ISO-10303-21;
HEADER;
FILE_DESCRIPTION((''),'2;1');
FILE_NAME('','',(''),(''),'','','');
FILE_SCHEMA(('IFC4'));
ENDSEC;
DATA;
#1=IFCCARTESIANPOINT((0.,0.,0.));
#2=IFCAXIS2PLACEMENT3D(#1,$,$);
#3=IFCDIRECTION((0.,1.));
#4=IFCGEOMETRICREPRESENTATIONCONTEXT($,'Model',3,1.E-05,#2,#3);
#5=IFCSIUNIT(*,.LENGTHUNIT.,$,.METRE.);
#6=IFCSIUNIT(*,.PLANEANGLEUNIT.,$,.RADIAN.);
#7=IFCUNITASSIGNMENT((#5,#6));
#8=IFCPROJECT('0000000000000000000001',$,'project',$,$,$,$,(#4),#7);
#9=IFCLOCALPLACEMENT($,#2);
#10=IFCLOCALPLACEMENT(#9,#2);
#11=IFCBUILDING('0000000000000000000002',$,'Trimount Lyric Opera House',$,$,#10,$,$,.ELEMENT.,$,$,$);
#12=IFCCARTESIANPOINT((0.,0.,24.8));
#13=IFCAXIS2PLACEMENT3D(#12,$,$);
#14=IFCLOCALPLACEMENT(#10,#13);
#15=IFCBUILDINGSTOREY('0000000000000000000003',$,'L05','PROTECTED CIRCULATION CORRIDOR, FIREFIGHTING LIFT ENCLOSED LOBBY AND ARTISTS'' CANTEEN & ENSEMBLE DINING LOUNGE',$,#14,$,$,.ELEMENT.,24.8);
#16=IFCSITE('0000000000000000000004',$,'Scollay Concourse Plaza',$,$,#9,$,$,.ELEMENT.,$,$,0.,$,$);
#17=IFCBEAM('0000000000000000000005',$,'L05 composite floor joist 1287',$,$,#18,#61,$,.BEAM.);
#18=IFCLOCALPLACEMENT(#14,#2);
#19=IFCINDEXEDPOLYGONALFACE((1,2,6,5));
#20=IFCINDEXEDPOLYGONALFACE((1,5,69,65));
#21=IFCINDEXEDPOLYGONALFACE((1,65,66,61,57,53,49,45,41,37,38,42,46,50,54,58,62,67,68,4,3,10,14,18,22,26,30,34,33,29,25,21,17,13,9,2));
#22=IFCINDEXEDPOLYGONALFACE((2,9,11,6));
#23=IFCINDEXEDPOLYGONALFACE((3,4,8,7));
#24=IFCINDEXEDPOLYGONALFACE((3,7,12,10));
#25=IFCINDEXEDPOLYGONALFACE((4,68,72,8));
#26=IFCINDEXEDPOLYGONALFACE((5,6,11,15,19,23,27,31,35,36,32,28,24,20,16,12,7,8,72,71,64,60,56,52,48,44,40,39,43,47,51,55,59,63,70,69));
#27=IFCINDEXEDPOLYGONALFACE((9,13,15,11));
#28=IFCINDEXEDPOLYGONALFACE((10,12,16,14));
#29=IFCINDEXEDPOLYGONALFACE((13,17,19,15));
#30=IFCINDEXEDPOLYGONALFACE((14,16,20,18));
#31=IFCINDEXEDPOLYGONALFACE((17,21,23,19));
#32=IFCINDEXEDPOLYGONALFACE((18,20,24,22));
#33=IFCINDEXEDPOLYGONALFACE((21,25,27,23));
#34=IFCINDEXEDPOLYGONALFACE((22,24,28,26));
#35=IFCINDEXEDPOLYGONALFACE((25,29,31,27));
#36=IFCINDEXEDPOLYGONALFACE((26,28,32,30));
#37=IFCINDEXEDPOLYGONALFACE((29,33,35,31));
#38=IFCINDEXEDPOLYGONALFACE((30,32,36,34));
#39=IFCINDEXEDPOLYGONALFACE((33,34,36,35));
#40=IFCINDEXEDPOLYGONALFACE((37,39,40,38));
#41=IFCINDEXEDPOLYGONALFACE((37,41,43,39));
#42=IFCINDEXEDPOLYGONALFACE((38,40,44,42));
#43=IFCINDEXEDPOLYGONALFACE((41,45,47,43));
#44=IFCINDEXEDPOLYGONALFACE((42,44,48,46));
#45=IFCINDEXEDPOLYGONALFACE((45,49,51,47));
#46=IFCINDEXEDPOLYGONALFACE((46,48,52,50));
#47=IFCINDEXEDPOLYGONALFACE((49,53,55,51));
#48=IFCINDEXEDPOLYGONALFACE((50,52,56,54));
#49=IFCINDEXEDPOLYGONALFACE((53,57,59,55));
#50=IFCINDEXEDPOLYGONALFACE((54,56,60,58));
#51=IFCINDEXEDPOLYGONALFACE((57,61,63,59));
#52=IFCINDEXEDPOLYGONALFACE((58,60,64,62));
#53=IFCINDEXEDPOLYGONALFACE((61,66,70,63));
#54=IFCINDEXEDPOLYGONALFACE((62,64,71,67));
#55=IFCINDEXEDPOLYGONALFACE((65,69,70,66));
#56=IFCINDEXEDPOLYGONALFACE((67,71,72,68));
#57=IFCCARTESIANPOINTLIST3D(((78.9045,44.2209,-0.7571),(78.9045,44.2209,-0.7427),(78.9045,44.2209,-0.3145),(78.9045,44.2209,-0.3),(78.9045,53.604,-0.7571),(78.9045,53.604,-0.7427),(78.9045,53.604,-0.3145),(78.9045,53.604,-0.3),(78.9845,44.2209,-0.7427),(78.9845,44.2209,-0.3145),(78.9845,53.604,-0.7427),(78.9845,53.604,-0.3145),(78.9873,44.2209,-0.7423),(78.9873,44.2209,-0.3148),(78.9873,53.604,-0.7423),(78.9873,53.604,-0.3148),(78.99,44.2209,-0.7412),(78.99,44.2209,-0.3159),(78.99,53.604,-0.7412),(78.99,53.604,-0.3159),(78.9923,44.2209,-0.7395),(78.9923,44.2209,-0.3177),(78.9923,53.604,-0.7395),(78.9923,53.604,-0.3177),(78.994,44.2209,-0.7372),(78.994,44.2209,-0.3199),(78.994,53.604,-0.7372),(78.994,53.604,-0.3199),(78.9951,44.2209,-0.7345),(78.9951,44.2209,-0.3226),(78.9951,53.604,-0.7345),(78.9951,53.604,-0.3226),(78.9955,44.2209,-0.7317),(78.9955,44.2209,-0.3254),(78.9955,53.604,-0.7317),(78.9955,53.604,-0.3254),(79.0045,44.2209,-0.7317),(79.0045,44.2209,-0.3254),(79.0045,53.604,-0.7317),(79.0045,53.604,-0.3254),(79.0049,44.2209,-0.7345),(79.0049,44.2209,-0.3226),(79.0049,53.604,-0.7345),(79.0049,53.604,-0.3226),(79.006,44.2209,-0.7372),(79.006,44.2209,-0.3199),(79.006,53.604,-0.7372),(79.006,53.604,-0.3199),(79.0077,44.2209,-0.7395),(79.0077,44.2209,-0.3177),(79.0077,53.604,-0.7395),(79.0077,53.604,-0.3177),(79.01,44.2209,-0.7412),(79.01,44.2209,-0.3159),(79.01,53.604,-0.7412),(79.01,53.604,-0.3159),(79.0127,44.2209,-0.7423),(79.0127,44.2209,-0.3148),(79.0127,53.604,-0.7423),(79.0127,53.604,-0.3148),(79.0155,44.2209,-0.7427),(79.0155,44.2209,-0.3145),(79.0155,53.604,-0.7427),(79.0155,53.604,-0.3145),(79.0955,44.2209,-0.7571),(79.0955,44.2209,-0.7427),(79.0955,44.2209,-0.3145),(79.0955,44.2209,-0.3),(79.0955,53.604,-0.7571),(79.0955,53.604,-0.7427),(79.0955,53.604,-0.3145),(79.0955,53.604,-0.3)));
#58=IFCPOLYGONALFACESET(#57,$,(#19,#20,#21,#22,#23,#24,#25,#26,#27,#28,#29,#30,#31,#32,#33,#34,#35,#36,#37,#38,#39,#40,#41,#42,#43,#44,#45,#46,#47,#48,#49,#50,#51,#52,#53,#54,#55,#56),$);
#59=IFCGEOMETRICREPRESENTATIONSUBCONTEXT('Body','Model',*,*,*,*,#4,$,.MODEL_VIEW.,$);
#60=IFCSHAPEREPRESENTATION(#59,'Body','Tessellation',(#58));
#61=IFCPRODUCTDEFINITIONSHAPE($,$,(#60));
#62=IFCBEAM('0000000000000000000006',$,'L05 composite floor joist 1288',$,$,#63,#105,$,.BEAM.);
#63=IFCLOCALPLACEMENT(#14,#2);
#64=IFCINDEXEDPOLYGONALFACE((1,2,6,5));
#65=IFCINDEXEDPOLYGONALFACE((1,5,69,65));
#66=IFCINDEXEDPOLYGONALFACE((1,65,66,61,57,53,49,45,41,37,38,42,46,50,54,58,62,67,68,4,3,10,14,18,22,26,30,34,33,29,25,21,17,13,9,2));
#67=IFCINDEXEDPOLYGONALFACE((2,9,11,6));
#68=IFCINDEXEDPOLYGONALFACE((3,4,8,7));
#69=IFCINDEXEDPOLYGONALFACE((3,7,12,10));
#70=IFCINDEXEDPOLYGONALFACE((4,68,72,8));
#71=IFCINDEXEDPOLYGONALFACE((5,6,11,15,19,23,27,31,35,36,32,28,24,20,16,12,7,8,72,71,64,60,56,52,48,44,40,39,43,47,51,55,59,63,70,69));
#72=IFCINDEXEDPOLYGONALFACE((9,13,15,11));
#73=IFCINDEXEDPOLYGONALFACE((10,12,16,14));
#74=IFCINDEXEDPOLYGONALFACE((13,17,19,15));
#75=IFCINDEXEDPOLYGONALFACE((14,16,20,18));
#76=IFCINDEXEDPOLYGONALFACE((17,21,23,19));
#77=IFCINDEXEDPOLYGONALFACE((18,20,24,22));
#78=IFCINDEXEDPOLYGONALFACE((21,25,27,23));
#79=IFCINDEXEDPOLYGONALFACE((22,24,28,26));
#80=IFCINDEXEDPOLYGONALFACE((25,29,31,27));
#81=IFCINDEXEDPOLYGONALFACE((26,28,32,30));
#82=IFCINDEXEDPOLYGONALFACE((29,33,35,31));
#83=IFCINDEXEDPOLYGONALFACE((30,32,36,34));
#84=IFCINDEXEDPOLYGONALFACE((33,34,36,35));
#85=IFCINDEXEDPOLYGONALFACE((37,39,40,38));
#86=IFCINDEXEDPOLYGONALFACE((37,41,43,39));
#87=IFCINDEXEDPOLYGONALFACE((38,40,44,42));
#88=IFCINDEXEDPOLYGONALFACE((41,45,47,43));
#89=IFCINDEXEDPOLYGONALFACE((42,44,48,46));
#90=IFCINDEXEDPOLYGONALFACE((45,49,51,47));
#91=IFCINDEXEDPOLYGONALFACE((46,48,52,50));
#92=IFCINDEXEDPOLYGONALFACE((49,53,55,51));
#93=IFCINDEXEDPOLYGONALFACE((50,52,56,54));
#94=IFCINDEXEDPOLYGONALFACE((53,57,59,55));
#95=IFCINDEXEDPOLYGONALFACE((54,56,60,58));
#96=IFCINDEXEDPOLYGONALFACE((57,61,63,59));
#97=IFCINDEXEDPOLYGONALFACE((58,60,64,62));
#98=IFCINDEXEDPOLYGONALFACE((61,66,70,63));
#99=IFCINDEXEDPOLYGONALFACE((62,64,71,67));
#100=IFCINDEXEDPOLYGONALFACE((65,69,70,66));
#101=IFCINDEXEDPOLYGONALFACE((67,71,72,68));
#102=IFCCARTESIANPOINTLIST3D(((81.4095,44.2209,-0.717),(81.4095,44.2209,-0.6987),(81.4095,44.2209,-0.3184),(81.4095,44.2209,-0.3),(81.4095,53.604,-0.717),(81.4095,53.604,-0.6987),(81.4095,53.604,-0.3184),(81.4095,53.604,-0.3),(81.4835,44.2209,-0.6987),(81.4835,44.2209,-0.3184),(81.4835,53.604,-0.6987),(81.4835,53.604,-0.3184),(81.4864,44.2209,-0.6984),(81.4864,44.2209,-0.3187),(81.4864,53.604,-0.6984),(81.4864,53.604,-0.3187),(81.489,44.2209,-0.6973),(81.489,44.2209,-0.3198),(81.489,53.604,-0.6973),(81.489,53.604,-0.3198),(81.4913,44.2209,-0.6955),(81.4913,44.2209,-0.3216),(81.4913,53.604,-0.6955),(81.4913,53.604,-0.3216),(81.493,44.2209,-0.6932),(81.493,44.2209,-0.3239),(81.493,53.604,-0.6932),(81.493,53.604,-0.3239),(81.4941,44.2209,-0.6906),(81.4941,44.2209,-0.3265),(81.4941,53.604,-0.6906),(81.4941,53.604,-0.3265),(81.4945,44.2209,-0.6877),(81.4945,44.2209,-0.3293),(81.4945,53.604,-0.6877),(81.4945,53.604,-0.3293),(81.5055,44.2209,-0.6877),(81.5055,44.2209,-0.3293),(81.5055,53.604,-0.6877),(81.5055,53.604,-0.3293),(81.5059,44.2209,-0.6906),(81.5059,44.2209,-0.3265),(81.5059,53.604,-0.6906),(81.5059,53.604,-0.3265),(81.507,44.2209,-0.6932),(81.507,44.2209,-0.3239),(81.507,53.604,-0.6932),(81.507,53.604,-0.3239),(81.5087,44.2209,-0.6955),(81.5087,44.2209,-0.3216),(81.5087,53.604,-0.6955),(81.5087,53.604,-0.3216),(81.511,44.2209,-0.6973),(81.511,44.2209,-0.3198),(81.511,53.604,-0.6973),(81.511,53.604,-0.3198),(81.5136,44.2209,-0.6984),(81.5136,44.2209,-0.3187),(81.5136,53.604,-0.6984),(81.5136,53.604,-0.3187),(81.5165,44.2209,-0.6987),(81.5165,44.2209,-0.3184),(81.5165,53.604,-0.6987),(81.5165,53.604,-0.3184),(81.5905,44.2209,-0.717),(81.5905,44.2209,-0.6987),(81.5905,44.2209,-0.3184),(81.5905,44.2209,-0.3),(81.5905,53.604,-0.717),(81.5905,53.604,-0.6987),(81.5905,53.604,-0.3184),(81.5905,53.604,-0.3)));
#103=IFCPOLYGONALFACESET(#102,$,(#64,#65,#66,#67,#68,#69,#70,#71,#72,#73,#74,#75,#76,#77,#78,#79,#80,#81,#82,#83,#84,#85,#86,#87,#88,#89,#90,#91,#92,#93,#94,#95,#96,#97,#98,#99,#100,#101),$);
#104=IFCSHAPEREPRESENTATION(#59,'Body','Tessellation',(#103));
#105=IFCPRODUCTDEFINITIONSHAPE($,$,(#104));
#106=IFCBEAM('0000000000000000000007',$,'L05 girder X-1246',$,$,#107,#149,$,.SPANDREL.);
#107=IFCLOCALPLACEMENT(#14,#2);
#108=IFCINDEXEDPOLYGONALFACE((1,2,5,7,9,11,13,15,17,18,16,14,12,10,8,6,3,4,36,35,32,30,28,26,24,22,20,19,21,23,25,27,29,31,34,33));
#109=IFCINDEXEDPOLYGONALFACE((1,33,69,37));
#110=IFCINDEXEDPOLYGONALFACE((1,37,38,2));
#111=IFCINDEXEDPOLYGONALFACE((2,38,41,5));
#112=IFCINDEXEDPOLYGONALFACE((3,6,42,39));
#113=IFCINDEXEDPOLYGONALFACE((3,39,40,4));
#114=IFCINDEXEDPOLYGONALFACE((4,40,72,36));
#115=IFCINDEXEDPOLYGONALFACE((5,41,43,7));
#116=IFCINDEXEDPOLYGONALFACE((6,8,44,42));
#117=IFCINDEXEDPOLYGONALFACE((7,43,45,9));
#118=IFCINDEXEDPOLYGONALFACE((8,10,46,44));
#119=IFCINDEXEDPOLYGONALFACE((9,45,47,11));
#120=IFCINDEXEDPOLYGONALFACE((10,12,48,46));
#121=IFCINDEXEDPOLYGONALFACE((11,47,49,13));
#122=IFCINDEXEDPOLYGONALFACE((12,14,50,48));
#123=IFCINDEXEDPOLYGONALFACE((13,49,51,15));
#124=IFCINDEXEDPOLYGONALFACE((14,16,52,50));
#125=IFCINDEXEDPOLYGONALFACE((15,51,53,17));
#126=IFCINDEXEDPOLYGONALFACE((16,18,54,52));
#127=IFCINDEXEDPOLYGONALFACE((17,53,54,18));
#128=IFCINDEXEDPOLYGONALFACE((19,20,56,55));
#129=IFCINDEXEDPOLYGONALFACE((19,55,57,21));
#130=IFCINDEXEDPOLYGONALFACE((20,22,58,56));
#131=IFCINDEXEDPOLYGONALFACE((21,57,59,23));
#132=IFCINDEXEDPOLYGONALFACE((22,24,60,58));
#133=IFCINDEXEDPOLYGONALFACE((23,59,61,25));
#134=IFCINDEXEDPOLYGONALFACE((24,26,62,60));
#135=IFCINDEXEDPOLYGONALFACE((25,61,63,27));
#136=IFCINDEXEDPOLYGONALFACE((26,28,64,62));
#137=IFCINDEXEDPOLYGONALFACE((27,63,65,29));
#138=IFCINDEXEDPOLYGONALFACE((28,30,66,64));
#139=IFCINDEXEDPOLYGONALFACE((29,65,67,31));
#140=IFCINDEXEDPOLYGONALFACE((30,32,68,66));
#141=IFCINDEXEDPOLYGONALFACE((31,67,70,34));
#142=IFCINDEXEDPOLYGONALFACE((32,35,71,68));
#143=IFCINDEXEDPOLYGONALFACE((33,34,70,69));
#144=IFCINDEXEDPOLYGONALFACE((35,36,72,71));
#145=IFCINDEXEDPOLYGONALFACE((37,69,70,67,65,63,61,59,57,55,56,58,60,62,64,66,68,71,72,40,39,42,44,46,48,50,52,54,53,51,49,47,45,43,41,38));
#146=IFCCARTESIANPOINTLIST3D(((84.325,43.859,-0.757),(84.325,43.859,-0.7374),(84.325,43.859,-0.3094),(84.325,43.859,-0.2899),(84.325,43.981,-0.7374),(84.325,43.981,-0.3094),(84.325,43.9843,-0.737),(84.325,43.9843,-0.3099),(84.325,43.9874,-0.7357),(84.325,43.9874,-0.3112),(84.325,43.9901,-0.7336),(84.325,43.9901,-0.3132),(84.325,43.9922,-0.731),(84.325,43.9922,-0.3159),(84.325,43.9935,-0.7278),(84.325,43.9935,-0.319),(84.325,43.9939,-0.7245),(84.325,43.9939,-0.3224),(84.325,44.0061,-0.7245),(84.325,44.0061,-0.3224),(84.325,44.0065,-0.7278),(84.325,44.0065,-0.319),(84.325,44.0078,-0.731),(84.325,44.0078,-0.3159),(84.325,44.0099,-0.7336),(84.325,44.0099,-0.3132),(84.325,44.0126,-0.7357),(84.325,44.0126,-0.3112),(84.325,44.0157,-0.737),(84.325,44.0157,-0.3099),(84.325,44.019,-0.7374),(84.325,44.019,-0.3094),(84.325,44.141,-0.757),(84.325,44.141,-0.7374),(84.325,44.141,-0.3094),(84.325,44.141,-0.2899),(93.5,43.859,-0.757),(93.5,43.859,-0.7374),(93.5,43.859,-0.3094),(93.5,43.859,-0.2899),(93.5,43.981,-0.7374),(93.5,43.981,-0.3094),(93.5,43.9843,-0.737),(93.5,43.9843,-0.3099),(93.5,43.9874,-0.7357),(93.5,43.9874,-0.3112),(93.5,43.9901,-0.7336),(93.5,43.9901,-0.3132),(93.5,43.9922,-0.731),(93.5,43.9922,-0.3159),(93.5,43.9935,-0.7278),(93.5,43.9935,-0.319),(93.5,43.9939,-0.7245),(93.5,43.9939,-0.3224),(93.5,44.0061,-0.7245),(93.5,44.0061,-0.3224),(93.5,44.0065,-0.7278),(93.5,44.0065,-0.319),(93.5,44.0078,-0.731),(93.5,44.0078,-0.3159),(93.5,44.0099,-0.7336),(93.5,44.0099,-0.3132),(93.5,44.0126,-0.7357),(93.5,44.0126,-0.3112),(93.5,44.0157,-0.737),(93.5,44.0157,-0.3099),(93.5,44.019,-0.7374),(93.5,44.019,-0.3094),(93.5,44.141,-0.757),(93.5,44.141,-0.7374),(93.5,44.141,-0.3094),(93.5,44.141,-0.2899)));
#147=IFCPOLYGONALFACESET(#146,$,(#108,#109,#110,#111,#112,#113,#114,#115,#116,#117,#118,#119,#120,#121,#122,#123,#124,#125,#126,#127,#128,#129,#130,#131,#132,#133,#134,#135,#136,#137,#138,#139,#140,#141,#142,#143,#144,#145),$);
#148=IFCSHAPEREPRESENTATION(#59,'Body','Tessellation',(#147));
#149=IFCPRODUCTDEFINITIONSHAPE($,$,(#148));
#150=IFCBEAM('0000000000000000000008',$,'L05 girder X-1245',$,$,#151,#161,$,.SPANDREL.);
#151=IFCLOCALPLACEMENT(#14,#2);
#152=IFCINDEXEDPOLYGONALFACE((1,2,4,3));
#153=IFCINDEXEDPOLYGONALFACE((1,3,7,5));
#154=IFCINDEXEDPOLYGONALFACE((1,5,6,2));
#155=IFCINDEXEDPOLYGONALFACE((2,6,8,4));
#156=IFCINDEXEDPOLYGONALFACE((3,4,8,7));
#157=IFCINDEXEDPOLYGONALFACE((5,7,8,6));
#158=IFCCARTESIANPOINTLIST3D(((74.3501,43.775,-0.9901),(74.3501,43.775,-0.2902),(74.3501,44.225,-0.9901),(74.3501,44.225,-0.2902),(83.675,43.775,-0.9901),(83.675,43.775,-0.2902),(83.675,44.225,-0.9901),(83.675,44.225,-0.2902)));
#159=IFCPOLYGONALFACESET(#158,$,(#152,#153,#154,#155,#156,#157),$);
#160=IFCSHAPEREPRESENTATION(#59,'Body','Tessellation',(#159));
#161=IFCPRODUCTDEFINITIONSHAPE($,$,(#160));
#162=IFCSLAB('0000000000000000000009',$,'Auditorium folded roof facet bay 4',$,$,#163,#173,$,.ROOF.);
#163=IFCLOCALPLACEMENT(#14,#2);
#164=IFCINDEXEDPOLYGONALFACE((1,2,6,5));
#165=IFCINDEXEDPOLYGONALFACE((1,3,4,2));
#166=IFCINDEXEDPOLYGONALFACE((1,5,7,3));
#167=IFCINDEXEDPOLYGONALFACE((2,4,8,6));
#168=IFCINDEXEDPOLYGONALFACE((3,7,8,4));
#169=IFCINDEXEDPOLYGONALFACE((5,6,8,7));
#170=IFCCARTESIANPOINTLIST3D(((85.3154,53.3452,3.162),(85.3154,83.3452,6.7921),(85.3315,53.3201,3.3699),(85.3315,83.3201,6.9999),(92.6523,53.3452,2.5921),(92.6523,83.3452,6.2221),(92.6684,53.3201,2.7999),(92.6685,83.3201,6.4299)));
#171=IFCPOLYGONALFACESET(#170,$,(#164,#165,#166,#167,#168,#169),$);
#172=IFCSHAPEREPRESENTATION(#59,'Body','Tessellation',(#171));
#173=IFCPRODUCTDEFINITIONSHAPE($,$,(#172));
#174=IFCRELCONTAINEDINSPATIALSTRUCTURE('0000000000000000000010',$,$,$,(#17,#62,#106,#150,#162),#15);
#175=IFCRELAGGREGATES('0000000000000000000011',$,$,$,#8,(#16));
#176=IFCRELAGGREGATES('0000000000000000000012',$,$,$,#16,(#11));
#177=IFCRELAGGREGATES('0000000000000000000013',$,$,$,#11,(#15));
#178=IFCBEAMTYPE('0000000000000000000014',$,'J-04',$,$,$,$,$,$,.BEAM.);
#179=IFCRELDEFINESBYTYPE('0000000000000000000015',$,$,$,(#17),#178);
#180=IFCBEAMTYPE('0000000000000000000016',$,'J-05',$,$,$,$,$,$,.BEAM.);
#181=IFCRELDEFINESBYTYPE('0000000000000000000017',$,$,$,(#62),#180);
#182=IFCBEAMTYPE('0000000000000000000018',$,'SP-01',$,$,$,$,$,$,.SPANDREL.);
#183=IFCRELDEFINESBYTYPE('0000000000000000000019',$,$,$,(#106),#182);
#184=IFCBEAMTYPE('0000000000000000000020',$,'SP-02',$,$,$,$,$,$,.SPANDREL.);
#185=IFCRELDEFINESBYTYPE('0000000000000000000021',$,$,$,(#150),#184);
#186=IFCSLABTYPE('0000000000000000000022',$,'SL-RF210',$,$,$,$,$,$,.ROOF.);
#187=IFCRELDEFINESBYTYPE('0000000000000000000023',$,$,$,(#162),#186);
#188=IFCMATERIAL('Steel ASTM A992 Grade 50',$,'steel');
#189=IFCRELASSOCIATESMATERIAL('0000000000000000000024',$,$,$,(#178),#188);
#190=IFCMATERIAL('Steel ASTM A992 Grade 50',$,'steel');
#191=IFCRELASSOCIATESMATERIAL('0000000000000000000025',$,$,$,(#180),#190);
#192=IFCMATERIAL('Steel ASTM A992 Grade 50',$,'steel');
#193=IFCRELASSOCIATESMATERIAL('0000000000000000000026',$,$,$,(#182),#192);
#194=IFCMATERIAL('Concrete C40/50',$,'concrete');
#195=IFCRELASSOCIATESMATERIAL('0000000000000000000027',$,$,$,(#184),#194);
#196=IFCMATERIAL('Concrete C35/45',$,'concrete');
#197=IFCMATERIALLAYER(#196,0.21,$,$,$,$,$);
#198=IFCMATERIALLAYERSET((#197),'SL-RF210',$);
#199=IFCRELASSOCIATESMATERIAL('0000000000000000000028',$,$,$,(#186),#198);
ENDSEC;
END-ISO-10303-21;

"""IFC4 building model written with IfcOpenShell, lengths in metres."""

from ifc_helpers import new_model, si_unit, direction, frame, origin, origin_2d, place, context, subcontext, project, spatial, polyline, rectangle, i_section, outline, extrude, material, layer, layer_set, material_profile, profile_set, type_object, element, save


model = new_model("IFC4")

# Units and contexts
model_context = context("Model", 3, precision=1e-05, world=origin(), true_north=direction((0.0, 1.0)))
body_context = subcontext(model_context, "Body", "Model", "MODEL_VIEW")
ifc_project = project(units=[si_unit("LENGTHUNIT", "METRE"), si_unit("PLANEANGLEUNIT", "RADIAN")], contexts=[model_context])

# Site, building, storey
site_placement = place(None, origin())
site = spatial("IfcSite", under=ifc_project, at=site_placement, Name="Scollay Concourse Plaza", CompositionType="ELEMENT", RefElevation=0.0)
building_placement = place(site_placement, origin())
building = spatial("IfcBuilding", under=site, at=building_placement, Name="Trimount Lyric Opera House", CompositionType="ELEMENT")
storey_placement = place(building_placement, frame((0.0, 0.0, 24.8)))
storey = spatial("IfcBuildingStorey", under=building, at=storey_placement, Name="L05", Description="PROTECTED CIRCULATION CORRIDOR, FIREFIGHTING LIFT ENCLOSED LOBBY AND ARTISTS' CANTEEN & ENSEMBLE DINING LOUNGE", CompositionType="ELEMENT", Elevation=24.8)

# Beams
ifc_material_1 = material(Name="Steel ASTM A992 Grade 50", Category="steel")
ifc_material_profile_1 = material_profile(ifc_material_1, i_section(OverallWidth=0.1909, OverallDepth=0.457, WebThickness=0.009, FlangeThickness=0.0144, FilletRadius=0.011, at=origin_2d()), Name="W18X50")
ifc_profile_set_1 = profile_set([ifc_material_profile_1], Name="Steel ASTM A992 Grade 50")
beam_type_1 = type_object("IfcBeamType", Name="J-04", PredefinedType="BEAM", material=ifc_profile_set_1)
beam_1_placement = place(storey_placement, frame((79.0, 44.2209, -0.5286), z_axis=(0.0, 1.0, 0.0), x_axis=(-1.0, 0.0, 0.0)))
element("IfcBeam", 1, at=beam_1_placement, inside=storey, type_object=beam_type_1, Name="L05 composite floor joist 1287", PredefinedType="BEAM", context=body_context, shape_type="SweptSolid", body=[
    extrude(i_section(OverallWidth=0.1909, OverallDepth=0.457, WebThickness=0.009, FlangeThickness=0.0144, FilletRadius=0.011, at=origin_2d()), origin(), (0.0, 0.0, 1.0), 9.3831),
])
ifc_material_2 = material(Name="Steel ASTM A992 Grade 50", Category="steel")
ifc_material_profile_2 = material_profile(ifc_material_2, i_section(OverallWidth=0.1809, OverallDepth=0.417, WebThickness=0.011, FlangeThickness=0.0183, FilletRadius=0.011, at=origin_2d()), Name="W16X57")
ifc_profile_set_2 = profile_set([ifc_material_profile_2], Name="Steel ASTM A992 Grade 50")
beam_type_2 = type_object("IfcBeamType", Name="J-05", PredefinedType="BEAM", material=ifc_profile_set_2)
beam_2_placement = place(storey_placement, frame((81.5, 44.2209, -0.5085), z_axis=(0.0, 1.0, 0.0), x_axis=(-1.0, 0.0, 0.0)))
element("IfcBeam", 2, at=beam_2_placement, inside=storey, type_object=beam_type_2, Name="L05 composite floor joist 1288", PredefinedType="BEAM", context=body_context, shape_type="SweptSolid", body=[
    extrude(i_section(OverallWidth=0.1809, OverallDepth=0.417, WebThickness=0.011, FlangeThickness=0.0183, FilletRadius=0.011, at=origin_2d()), origin(), (0.0, 0.0, 1.0), 9.3831),
])
ifc_material_3 = material(Name="Steel ASTM A992 Grade 50", Category="steel")
ifc_material_profile_3 = material_profile(ifc_material_3, i_section(OverallWidth=0.282, OverallDepth=0.467, WebThickness=0.0122, FlangeThickness=0.0195, FilletRadius=0.0129, at=origin_2d()), Name="W18X86")
ifc_profile_set_3 = profile_set([ifc_material_profile_3], Name="Steel ASTM A992 Grade 50")
beam_type_3 = type_object("IfcBeamType", Name="SP-01", PredefinedType="SPANDREL", material=ifc_profile_set_3)
beam_3_placement = place(storey_placement, frame((84.325, 44.0, -0.5234), z_axis=(1.0, 0.0, 0.0), x_axis=(0.0, 1.0, 0.0)))
element("IfcBeam", 3, at=beam_3_placement, inside=storey, type_object=beam_type_3, Name="L05 girder X-1246", PredefinedType="SPANDREL", context=body_context, shape_type="SweptSolid", body=[
    extrude(i_section(OverallWidth=0.282, OverallDepth=0.467, WebThickness=0.0122, FlangeThickness=0.0195, FilletRadius=0.0129, at=origin_2d()), origin(), (0.0, 0.0, 1.0), 9.175),
])
ifc_material_4 = material(Name="Concrete C40/50", Category="concrete")
ifc_material_profile_4 = material_profile(ifc_material_4, rectangle(XDim=0.45, YDim=0.7, at=origin_2d()), Name="RC450X700")
ifc_profile_set_4 = profile_set([ifc_material_profile_4], Name="Concrete C40/50")
beam_type_4 = type_object("IfcBeamType", Name="SP-02", PredefinedType="SPANDREL", material=ifc_profile_set_4)
beam_4_placement = place(storey_placement, frame((74.3501, 44.0, -0.6401), z_axis=(1.0, 0.0, 0.0), x_axis=(0.0, 1.0, 0.0)))
element("IfcBeam", 4, at=beam_4_placement, inside=storey, type_object=beam_type_4, Name="L05 girder X-1245", PredefinedType="SPANDREL", context=body_context, shape_type="SweptSolid", body=[
    extrude(rectangle(XDim=0.45, YDim=0.7, at=origin_2d()), origin(), (0.0, 0.0, 1.0), 9.325),
])

# Slab
ifc_material_5 = material(Name="Concrete C35/45", Category="concrete")
ifc_layer_1 = layer(ifc_material_5, 0.21)
ifc_layer_set_1 = layer_set([ifc_layer_1], Name="SL-RF210")
slab_type_1 = type_object("IfcSlabType", Name="SL-RF210", PredefinedType="ROOF", material=ifc_layer_set_1)
slab_1_placement = place(storey_placement, frame((85.3315, 53.3201, 3.3699), z_axis=(0.076891, -0.119768, 0.98982), x_axis=(0.996996, 0.000002, -0.077448)))
element("IfcSlab", 5, at=slab_1_placement, inside=storey, type_object=slab_type_1, Name="Auditorium folded roof facet bay 4", PredefinedType="ROOF", context=body_context, shape_type="SweptSolid", body=[
    extrude(outline(polyline([(0.0, 0.0), (7.359, 0.0), (7.0779, 30.2175), (-0.2811, 30.2175), (0.0, 0.0)])), origin(), (0.0, 0.0, -1.0), 0.21),
])

save(model, "model.ifc")
